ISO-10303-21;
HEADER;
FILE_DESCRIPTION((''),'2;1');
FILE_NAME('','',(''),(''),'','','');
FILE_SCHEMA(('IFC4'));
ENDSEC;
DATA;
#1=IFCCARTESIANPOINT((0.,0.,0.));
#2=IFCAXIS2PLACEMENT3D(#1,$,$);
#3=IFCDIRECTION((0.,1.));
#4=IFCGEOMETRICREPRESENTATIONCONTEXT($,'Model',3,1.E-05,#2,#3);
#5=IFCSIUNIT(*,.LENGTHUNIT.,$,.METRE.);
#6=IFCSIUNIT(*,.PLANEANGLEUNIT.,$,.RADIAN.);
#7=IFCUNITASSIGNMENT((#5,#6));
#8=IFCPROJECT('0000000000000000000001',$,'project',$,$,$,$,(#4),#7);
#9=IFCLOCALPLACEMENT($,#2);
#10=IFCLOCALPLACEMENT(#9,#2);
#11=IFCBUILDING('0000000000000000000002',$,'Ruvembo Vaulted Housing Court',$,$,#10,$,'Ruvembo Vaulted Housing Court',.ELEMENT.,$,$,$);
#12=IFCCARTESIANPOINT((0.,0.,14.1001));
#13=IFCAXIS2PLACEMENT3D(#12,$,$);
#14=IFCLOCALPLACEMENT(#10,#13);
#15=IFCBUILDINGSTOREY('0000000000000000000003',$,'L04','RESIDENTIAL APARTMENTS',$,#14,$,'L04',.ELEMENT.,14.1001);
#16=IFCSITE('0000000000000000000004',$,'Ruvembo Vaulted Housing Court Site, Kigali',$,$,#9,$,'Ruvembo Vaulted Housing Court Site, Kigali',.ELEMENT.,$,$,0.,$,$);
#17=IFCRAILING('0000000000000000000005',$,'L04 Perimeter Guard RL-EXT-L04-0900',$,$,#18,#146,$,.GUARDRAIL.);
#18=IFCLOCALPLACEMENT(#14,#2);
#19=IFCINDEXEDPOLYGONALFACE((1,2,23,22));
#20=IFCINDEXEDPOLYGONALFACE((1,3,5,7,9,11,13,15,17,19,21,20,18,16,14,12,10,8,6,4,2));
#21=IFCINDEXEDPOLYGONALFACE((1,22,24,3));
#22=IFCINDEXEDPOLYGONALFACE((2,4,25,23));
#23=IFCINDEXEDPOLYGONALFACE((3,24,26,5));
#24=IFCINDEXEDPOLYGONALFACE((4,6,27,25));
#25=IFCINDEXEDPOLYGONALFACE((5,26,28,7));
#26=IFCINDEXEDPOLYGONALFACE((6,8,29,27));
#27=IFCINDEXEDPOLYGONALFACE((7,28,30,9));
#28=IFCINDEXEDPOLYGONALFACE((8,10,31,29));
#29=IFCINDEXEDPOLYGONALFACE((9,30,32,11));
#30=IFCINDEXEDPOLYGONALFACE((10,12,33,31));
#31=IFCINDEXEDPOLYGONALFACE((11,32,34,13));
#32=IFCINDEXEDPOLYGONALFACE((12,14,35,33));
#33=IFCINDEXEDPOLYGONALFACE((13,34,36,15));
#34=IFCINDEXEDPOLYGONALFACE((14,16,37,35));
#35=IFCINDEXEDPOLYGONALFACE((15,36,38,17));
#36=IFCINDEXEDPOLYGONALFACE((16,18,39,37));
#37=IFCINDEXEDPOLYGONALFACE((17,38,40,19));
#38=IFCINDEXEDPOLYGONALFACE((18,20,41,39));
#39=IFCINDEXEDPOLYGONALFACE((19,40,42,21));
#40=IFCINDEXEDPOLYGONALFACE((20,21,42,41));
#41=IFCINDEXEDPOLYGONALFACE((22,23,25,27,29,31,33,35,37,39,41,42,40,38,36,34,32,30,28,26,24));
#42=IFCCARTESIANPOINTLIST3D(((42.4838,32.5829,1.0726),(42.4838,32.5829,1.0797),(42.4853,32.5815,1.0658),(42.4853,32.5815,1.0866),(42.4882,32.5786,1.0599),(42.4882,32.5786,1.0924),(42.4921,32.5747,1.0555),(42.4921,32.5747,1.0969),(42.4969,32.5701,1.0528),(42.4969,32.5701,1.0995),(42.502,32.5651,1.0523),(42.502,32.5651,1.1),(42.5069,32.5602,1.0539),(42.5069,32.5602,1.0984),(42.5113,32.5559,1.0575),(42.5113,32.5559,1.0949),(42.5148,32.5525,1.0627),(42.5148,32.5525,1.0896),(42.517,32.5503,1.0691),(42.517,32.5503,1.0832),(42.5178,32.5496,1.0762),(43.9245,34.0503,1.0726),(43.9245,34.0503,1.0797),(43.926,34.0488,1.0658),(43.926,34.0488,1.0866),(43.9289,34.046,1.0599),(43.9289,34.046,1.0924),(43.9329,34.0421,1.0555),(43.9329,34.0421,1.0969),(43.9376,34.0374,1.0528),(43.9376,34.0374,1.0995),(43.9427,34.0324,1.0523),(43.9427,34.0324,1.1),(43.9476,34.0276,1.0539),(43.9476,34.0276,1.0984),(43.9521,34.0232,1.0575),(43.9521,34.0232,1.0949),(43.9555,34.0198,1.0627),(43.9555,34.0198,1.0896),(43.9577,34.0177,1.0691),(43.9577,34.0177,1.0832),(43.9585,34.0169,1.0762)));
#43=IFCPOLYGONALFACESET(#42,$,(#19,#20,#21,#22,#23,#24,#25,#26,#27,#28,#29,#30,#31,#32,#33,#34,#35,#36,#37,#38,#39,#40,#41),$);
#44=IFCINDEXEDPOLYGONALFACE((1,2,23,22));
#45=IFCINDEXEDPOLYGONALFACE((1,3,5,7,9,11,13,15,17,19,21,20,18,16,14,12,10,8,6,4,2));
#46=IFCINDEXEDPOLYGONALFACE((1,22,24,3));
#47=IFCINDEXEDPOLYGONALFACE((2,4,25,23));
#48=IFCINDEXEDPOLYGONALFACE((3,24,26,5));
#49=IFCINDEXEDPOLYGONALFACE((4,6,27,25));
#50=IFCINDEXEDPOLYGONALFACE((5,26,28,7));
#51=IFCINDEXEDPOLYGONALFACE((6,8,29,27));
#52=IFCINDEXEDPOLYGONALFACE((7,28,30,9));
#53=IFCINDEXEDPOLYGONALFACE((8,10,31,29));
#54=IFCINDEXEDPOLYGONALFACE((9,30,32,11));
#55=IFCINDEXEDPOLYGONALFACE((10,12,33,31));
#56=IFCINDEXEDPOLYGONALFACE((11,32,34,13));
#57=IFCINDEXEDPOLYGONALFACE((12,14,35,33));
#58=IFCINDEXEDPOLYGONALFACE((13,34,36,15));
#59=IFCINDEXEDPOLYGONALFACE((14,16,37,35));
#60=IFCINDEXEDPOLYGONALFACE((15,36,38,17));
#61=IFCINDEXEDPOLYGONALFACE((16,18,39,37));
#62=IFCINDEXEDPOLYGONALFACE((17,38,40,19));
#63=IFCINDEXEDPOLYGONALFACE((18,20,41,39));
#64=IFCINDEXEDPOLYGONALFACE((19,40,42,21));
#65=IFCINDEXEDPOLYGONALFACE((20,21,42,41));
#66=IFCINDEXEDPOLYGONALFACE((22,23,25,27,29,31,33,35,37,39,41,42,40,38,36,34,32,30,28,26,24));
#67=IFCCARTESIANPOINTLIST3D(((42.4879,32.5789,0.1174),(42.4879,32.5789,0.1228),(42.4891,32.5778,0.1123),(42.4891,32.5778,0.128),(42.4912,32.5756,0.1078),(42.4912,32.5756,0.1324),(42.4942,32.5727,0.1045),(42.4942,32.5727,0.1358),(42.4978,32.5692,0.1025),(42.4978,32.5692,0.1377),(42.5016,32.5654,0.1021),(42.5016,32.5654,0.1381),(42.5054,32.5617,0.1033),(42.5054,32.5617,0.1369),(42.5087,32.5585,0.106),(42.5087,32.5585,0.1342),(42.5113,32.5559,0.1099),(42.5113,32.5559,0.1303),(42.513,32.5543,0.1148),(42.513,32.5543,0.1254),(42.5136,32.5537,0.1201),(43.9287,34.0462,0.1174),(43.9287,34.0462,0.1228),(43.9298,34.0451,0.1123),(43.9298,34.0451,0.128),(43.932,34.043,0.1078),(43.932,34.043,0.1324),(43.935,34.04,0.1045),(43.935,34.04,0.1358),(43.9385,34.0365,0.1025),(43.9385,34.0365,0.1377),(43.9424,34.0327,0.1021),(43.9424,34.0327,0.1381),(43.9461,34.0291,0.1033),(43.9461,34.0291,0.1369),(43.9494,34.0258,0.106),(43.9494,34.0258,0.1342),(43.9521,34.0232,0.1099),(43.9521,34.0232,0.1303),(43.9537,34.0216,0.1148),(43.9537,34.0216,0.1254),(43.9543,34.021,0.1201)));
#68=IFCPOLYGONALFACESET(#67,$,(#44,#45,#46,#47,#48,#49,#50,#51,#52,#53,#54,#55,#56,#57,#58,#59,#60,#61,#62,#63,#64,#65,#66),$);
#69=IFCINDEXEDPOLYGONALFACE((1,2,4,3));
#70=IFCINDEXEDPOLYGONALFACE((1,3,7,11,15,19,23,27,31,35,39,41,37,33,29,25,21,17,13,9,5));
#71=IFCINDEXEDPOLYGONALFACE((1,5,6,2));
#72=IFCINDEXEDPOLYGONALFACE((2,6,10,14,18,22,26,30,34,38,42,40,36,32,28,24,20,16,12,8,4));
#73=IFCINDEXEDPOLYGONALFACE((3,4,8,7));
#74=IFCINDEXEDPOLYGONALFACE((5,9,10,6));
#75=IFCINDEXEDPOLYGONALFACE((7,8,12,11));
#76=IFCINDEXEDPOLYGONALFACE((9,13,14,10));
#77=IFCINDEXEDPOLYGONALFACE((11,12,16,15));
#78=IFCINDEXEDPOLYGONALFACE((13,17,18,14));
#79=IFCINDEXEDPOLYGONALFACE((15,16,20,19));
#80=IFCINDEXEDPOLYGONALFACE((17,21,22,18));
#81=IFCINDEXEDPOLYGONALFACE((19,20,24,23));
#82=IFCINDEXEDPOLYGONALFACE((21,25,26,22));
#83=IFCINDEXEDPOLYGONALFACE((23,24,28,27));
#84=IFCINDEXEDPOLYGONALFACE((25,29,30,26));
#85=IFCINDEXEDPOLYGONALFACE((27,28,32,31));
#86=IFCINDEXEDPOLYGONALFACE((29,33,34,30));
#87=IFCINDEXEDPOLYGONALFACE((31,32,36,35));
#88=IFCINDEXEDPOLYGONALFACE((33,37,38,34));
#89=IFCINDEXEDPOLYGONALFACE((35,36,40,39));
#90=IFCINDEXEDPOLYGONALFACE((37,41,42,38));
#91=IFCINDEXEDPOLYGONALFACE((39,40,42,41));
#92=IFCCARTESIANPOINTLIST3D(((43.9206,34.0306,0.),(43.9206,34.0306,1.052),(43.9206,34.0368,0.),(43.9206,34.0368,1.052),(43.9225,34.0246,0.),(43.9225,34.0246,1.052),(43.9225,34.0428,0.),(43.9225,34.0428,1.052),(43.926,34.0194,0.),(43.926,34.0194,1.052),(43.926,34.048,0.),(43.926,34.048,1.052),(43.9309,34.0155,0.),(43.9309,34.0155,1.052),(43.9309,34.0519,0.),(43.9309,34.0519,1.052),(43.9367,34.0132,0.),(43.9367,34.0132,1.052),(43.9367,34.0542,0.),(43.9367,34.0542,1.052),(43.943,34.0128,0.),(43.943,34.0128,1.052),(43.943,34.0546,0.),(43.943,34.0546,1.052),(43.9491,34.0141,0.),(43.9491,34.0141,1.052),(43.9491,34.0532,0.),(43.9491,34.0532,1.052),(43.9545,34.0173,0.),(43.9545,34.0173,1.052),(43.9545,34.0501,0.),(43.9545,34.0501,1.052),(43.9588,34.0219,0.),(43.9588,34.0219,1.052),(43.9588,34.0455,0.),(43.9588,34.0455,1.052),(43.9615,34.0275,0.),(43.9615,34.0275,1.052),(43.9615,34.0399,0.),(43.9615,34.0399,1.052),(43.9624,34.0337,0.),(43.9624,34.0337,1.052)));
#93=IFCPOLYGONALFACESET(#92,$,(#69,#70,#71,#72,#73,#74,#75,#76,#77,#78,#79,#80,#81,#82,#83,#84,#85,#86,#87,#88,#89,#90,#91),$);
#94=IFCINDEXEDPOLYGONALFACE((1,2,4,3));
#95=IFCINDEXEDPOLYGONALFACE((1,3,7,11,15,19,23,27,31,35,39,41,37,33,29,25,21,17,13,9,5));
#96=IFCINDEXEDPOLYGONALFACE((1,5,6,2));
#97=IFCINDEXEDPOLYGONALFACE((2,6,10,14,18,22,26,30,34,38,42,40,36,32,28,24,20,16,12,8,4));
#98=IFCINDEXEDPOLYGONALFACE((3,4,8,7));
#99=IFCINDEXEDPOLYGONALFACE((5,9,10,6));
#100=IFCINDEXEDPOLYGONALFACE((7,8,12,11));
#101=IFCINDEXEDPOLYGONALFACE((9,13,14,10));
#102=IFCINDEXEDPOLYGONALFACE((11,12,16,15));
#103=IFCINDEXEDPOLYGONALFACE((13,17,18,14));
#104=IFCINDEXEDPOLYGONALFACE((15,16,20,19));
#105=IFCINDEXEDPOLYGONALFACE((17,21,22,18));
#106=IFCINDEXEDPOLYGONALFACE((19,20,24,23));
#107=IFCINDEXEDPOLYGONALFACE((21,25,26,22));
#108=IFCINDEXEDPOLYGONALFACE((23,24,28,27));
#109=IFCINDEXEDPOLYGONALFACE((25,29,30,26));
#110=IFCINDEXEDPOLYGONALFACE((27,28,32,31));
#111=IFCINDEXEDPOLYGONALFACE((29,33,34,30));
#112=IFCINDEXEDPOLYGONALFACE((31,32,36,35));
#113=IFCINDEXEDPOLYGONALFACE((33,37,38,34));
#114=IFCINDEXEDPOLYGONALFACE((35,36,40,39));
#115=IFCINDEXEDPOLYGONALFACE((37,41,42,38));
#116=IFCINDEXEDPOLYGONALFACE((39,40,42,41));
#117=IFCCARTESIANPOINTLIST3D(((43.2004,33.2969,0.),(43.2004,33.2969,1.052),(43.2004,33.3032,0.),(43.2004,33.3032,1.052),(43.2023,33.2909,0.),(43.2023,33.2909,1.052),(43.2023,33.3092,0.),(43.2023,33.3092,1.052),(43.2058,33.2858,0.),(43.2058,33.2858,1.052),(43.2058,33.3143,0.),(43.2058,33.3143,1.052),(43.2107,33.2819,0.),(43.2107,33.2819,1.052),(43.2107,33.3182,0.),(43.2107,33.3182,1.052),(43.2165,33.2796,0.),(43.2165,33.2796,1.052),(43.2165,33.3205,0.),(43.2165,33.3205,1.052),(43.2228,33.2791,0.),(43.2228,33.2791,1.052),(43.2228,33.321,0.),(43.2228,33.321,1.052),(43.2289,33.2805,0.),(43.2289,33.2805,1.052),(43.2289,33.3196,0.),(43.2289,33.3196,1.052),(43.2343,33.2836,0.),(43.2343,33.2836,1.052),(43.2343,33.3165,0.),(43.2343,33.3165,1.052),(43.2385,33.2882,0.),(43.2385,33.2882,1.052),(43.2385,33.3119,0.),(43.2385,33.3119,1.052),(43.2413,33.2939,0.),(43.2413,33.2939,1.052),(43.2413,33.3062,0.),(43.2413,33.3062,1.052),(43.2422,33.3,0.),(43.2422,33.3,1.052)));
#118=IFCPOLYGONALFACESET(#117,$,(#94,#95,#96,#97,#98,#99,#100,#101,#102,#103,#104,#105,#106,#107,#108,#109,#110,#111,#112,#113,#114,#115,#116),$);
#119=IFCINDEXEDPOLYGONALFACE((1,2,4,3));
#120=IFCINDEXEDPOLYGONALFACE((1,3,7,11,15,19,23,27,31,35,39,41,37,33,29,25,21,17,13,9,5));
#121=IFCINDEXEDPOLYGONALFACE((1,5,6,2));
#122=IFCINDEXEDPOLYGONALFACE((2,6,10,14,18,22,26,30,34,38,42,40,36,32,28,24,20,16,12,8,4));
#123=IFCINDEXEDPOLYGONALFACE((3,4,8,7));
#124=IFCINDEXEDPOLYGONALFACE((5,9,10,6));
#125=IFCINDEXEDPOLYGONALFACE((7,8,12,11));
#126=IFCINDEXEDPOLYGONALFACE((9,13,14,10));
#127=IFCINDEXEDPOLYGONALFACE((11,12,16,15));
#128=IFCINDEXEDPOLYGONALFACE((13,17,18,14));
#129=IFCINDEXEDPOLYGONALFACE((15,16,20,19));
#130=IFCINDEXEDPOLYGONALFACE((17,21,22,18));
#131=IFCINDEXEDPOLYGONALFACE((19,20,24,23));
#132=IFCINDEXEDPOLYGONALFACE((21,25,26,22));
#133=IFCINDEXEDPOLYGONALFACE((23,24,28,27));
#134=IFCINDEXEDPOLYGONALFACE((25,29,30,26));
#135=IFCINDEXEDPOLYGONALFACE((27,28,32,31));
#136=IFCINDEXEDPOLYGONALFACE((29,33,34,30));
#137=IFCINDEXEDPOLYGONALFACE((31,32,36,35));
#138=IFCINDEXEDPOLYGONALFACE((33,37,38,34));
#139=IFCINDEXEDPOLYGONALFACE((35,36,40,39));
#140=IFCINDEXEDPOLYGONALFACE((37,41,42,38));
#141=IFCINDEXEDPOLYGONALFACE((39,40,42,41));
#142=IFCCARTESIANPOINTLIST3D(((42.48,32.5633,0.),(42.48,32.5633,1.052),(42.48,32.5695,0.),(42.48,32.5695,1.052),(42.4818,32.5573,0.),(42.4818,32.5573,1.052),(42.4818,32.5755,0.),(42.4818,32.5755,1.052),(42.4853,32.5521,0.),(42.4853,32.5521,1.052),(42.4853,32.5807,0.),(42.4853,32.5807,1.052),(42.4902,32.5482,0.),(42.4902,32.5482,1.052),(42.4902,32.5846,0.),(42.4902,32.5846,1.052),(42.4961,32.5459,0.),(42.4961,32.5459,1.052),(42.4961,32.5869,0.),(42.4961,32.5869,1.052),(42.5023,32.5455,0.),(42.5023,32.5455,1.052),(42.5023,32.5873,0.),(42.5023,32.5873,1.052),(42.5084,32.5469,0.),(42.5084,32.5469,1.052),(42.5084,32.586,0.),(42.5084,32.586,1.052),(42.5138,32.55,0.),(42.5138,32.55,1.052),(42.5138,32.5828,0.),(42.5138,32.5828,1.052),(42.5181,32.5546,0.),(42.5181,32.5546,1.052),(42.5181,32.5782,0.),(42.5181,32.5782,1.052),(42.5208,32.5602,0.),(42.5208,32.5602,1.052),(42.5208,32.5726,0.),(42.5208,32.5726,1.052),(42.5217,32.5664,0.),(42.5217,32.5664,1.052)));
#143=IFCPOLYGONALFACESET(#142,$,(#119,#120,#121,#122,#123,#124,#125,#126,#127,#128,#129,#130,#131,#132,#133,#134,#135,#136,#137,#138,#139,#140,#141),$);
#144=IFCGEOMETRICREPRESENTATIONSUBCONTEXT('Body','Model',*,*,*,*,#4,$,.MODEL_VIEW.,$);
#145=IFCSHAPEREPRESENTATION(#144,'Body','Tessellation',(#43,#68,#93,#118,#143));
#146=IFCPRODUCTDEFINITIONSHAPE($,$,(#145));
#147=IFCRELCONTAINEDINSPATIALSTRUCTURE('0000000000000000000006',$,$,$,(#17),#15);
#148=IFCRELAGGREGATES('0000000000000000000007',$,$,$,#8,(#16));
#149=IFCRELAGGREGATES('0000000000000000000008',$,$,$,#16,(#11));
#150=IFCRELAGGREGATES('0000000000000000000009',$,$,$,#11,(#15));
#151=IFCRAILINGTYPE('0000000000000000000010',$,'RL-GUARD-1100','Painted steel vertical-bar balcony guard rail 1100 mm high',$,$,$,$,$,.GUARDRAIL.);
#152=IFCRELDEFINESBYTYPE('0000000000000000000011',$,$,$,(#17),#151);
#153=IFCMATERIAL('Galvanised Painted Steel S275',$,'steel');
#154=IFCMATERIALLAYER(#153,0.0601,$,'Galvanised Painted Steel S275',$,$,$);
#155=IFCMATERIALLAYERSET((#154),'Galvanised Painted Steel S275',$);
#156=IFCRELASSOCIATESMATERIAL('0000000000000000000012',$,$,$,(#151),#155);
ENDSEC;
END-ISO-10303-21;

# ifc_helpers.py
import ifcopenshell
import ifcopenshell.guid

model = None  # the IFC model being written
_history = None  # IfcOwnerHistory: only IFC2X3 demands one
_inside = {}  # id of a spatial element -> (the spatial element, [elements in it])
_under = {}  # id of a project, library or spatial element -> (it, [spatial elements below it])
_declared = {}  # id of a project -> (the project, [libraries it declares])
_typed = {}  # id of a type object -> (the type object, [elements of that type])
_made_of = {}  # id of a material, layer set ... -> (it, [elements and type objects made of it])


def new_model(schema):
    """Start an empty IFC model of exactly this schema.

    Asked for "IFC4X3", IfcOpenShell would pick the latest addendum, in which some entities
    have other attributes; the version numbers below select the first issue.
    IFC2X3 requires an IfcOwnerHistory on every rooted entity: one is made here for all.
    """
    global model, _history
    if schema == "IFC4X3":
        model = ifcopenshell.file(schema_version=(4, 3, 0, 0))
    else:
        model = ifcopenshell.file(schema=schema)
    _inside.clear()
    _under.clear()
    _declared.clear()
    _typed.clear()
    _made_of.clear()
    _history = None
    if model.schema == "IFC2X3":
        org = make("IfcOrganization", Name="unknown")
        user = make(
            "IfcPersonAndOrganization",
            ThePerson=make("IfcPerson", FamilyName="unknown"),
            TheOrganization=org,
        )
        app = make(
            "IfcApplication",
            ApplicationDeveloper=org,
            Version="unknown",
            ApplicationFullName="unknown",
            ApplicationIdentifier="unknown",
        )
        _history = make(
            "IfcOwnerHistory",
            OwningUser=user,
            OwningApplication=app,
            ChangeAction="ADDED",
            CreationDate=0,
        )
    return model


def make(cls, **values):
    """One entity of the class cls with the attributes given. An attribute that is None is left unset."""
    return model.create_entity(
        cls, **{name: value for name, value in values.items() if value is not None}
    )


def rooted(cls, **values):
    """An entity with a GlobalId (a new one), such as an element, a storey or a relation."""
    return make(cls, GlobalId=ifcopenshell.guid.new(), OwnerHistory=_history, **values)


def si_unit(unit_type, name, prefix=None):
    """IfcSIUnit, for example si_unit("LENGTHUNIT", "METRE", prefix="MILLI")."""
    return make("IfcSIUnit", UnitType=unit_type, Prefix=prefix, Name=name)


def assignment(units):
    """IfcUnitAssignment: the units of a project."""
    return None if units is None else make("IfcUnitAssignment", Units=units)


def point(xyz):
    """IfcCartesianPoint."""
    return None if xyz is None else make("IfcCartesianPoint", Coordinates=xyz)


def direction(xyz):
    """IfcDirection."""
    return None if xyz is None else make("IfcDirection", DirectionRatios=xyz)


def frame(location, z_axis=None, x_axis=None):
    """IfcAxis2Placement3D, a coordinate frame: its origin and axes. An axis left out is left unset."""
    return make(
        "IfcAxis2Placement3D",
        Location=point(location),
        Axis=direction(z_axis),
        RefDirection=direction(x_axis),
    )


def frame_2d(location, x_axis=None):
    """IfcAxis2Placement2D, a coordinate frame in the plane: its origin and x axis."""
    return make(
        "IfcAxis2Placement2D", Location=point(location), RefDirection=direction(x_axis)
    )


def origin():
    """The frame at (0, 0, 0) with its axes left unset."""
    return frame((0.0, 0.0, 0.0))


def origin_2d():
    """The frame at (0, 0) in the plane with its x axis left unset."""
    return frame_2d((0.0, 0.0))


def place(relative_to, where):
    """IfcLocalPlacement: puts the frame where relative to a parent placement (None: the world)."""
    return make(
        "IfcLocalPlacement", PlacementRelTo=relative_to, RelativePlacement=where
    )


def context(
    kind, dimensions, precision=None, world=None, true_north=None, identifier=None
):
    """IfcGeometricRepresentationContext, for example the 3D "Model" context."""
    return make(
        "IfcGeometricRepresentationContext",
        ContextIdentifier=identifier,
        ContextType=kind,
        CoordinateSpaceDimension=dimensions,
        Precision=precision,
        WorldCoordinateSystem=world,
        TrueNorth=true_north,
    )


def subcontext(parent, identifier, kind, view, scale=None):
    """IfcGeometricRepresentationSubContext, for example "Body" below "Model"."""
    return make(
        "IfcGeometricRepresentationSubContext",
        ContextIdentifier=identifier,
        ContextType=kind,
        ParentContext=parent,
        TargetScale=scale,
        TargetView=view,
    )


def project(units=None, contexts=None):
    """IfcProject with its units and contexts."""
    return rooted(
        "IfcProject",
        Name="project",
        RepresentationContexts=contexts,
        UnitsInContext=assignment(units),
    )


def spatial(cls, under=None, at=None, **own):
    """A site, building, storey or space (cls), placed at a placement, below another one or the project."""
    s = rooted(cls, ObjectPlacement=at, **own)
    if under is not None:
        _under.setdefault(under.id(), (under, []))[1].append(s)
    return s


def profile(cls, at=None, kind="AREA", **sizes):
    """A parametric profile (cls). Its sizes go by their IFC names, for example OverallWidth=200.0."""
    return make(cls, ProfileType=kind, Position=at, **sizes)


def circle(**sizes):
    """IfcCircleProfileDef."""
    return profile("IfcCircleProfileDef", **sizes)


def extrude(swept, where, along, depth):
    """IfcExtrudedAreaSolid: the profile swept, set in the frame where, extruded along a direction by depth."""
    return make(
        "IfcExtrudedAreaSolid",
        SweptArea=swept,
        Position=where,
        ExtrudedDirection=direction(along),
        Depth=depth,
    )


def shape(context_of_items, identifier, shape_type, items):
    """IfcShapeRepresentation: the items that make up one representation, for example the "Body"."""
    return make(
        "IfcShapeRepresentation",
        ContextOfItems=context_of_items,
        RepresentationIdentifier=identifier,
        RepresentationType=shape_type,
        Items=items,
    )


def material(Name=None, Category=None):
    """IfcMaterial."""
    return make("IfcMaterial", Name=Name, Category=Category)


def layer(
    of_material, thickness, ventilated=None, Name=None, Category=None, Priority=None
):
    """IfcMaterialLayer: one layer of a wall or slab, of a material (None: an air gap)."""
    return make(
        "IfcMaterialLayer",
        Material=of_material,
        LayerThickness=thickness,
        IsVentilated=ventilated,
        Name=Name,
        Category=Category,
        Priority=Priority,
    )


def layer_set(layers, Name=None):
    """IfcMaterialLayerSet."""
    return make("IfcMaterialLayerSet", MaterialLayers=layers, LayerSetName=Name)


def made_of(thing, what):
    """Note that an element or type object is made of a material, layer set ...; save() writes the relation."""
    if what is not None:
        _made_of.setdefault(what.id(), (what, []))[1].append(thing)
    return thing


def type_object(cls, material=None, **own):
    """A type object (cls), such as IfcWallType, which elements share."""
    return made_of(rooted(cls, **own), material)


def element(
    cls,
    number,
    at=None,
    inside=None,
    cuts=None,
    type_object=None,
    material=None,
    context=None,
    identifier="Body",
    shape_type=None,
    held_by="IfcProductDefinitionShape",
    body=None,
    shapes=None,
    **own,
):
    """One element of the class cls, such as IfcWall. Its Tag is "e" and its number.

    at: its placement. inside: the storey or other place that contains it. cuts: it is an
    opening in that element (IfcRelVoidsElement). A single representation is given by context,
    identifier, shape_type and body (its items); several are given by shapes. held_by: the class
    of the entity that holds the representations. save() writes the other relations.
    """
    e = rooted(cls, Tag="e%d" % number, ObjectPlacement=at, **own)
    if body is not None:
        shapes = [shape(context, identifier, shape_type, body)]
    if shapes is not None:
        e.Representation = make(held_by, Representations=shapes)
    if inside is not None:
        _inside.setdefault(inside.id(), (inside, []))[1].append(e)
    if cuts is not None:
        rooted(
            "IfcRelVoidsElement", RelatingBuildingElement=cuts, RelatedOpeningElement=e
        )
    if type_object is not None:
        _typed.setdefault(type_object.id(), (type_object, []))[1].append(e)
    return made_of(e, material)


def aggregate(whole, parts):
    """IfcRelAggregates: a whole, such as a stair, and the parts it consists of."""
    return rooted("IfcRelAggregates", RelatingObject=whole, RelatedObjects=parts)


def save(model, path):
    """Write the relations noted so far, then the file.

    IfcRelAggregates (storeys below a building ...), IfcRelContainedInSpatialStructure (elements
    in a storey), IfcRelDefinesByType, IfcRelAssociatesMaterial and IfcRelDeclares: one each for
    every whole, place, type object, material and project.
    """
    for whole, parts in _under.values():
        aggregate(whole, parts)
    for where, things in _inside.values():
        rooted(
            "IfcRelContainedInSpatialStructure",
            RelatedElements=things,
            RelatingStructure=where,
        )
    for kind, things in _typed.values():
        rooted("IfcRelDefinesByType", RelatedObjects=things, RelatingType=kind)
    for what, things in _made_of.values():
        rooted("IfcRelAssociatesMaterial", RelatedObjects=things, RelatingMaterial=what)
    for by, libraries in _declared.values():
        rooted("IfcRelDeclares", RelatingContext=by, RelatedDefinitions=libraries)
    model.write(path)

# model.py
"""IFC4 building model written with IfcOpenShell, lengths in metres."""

from ifc_helpers import new_model, si_unit, direction, frame, origin, origin_2d, place, context, subcontext, project, spatial, circle, extrude, material, layer, layer_set, type_object, element, save


model = new_model("IFC4")

# Units and contexts
model_context = context("Model", 3, precision=1e-05, world=origin(), true_north=direction((0.0, 1.0)))
body_context = subcontext(model_context, "Body", "Model", "MODEL_VIEW")
ifc_project = project(units=[si_unit("LENGTHUNIT", "METRE"), si_unit("PLANEANGLEUNIT", "RADIAN")], contexts=[model_context])

# Site, building, storey
site_placement = place(None, origin())
site = spatial("IfcSite", under=ifc_project, at=site_placement, Name="Ruvembo Vaulted Housing Court Site, Kigali", LongName="Ruvembo Vaulted Housing Court Site, Kigali", CompositionType="ELEMENT", RefElevation=0.0)
building_placement = place(site_placement, origin())
building = spatial("IfcBuilding", under=site, at=building_placement, Name="Ruvembo Vaulted Housing Court", LongName="Ruvembo Vaulted Housing Court", CompositionType="ELEMENT")
storey_placement = place(building_placement, frame((0.0, 0.0, 14.1001)))
storey = spatial("IfcBuildingStorey", under=building, at=storey_placement, Name="L04", Description="RESIDENTIAL APARTMENTS", LongName="L04", CompositionType="ELEMENT", Elevation=14.1001)

# Railing
ifc_material_1 = material(Name="Galvanised Painted Steel S275", Category="steel")
ifc_layer_1 = layer(ifc_material_1, 0.0601, Name="Galvanised Painted Steel S275")
ifc_layer_set_1 = layer_set([ifc_layer_1], Name="Galvanised Painted Steel S275")
railing_type = type_object("IfcRailingType", Name="RL-GUARD-1100", Description="Painted steel vertical-bar balcony guard rail 1100 mm high", PredefinedType="GUARDRAIL", material=ifc_layer_set_1)
railing_1_placement = place(storey_placement, frame((43.9414, 34.0337, 0.0)))
element("IfcRailing", 1, at=railing_1_placement, inside=storey, type_object=railing_type, Name="L04 Perimeter Guard RL-EXT-L04-0900", PredefinedType="GUARDRAIL", context=body_context, shape_type="SweptSolid", body=[
    extrude(circle(Radius=0.0239, at=origin_2d()), frame((0.0, 0.0, 1.0762), z_axis=(-0.700607, -0.713548, 0.0), x_axis=(0.713548, -0.700607, 0.0)), (0.0, 0.0, 1.0), 2.0564),
    extrude(circle(Radius=0.0181, at=origin_2d()), frame((0.0, 0.0, 0.1201), z_axis=(-0.700607, -0.713548, 0.0), x_axis=(0.713548, -0.700607, 0.0)), (0.0, 0.0, 1.0), 2.0564),
    extrude(circle(Radius=0.021, at=origin_2d()), origin(), (0.0, 0.0, 1.0), 1.052),
    extrude(circle(Radius=0.021, at=origin_2d()), frame((-0.7202, -0.7336, 0.0)), (0.0, 0.0, 1.0), 1.052),
    extrude(circle(Radius=0.021, at=origin_2d()), frame((-1.4407, -1.4673, 0.0)), (0.0, 0.0, 1.0), 1.052),
])

save(model, "model.ifc")
